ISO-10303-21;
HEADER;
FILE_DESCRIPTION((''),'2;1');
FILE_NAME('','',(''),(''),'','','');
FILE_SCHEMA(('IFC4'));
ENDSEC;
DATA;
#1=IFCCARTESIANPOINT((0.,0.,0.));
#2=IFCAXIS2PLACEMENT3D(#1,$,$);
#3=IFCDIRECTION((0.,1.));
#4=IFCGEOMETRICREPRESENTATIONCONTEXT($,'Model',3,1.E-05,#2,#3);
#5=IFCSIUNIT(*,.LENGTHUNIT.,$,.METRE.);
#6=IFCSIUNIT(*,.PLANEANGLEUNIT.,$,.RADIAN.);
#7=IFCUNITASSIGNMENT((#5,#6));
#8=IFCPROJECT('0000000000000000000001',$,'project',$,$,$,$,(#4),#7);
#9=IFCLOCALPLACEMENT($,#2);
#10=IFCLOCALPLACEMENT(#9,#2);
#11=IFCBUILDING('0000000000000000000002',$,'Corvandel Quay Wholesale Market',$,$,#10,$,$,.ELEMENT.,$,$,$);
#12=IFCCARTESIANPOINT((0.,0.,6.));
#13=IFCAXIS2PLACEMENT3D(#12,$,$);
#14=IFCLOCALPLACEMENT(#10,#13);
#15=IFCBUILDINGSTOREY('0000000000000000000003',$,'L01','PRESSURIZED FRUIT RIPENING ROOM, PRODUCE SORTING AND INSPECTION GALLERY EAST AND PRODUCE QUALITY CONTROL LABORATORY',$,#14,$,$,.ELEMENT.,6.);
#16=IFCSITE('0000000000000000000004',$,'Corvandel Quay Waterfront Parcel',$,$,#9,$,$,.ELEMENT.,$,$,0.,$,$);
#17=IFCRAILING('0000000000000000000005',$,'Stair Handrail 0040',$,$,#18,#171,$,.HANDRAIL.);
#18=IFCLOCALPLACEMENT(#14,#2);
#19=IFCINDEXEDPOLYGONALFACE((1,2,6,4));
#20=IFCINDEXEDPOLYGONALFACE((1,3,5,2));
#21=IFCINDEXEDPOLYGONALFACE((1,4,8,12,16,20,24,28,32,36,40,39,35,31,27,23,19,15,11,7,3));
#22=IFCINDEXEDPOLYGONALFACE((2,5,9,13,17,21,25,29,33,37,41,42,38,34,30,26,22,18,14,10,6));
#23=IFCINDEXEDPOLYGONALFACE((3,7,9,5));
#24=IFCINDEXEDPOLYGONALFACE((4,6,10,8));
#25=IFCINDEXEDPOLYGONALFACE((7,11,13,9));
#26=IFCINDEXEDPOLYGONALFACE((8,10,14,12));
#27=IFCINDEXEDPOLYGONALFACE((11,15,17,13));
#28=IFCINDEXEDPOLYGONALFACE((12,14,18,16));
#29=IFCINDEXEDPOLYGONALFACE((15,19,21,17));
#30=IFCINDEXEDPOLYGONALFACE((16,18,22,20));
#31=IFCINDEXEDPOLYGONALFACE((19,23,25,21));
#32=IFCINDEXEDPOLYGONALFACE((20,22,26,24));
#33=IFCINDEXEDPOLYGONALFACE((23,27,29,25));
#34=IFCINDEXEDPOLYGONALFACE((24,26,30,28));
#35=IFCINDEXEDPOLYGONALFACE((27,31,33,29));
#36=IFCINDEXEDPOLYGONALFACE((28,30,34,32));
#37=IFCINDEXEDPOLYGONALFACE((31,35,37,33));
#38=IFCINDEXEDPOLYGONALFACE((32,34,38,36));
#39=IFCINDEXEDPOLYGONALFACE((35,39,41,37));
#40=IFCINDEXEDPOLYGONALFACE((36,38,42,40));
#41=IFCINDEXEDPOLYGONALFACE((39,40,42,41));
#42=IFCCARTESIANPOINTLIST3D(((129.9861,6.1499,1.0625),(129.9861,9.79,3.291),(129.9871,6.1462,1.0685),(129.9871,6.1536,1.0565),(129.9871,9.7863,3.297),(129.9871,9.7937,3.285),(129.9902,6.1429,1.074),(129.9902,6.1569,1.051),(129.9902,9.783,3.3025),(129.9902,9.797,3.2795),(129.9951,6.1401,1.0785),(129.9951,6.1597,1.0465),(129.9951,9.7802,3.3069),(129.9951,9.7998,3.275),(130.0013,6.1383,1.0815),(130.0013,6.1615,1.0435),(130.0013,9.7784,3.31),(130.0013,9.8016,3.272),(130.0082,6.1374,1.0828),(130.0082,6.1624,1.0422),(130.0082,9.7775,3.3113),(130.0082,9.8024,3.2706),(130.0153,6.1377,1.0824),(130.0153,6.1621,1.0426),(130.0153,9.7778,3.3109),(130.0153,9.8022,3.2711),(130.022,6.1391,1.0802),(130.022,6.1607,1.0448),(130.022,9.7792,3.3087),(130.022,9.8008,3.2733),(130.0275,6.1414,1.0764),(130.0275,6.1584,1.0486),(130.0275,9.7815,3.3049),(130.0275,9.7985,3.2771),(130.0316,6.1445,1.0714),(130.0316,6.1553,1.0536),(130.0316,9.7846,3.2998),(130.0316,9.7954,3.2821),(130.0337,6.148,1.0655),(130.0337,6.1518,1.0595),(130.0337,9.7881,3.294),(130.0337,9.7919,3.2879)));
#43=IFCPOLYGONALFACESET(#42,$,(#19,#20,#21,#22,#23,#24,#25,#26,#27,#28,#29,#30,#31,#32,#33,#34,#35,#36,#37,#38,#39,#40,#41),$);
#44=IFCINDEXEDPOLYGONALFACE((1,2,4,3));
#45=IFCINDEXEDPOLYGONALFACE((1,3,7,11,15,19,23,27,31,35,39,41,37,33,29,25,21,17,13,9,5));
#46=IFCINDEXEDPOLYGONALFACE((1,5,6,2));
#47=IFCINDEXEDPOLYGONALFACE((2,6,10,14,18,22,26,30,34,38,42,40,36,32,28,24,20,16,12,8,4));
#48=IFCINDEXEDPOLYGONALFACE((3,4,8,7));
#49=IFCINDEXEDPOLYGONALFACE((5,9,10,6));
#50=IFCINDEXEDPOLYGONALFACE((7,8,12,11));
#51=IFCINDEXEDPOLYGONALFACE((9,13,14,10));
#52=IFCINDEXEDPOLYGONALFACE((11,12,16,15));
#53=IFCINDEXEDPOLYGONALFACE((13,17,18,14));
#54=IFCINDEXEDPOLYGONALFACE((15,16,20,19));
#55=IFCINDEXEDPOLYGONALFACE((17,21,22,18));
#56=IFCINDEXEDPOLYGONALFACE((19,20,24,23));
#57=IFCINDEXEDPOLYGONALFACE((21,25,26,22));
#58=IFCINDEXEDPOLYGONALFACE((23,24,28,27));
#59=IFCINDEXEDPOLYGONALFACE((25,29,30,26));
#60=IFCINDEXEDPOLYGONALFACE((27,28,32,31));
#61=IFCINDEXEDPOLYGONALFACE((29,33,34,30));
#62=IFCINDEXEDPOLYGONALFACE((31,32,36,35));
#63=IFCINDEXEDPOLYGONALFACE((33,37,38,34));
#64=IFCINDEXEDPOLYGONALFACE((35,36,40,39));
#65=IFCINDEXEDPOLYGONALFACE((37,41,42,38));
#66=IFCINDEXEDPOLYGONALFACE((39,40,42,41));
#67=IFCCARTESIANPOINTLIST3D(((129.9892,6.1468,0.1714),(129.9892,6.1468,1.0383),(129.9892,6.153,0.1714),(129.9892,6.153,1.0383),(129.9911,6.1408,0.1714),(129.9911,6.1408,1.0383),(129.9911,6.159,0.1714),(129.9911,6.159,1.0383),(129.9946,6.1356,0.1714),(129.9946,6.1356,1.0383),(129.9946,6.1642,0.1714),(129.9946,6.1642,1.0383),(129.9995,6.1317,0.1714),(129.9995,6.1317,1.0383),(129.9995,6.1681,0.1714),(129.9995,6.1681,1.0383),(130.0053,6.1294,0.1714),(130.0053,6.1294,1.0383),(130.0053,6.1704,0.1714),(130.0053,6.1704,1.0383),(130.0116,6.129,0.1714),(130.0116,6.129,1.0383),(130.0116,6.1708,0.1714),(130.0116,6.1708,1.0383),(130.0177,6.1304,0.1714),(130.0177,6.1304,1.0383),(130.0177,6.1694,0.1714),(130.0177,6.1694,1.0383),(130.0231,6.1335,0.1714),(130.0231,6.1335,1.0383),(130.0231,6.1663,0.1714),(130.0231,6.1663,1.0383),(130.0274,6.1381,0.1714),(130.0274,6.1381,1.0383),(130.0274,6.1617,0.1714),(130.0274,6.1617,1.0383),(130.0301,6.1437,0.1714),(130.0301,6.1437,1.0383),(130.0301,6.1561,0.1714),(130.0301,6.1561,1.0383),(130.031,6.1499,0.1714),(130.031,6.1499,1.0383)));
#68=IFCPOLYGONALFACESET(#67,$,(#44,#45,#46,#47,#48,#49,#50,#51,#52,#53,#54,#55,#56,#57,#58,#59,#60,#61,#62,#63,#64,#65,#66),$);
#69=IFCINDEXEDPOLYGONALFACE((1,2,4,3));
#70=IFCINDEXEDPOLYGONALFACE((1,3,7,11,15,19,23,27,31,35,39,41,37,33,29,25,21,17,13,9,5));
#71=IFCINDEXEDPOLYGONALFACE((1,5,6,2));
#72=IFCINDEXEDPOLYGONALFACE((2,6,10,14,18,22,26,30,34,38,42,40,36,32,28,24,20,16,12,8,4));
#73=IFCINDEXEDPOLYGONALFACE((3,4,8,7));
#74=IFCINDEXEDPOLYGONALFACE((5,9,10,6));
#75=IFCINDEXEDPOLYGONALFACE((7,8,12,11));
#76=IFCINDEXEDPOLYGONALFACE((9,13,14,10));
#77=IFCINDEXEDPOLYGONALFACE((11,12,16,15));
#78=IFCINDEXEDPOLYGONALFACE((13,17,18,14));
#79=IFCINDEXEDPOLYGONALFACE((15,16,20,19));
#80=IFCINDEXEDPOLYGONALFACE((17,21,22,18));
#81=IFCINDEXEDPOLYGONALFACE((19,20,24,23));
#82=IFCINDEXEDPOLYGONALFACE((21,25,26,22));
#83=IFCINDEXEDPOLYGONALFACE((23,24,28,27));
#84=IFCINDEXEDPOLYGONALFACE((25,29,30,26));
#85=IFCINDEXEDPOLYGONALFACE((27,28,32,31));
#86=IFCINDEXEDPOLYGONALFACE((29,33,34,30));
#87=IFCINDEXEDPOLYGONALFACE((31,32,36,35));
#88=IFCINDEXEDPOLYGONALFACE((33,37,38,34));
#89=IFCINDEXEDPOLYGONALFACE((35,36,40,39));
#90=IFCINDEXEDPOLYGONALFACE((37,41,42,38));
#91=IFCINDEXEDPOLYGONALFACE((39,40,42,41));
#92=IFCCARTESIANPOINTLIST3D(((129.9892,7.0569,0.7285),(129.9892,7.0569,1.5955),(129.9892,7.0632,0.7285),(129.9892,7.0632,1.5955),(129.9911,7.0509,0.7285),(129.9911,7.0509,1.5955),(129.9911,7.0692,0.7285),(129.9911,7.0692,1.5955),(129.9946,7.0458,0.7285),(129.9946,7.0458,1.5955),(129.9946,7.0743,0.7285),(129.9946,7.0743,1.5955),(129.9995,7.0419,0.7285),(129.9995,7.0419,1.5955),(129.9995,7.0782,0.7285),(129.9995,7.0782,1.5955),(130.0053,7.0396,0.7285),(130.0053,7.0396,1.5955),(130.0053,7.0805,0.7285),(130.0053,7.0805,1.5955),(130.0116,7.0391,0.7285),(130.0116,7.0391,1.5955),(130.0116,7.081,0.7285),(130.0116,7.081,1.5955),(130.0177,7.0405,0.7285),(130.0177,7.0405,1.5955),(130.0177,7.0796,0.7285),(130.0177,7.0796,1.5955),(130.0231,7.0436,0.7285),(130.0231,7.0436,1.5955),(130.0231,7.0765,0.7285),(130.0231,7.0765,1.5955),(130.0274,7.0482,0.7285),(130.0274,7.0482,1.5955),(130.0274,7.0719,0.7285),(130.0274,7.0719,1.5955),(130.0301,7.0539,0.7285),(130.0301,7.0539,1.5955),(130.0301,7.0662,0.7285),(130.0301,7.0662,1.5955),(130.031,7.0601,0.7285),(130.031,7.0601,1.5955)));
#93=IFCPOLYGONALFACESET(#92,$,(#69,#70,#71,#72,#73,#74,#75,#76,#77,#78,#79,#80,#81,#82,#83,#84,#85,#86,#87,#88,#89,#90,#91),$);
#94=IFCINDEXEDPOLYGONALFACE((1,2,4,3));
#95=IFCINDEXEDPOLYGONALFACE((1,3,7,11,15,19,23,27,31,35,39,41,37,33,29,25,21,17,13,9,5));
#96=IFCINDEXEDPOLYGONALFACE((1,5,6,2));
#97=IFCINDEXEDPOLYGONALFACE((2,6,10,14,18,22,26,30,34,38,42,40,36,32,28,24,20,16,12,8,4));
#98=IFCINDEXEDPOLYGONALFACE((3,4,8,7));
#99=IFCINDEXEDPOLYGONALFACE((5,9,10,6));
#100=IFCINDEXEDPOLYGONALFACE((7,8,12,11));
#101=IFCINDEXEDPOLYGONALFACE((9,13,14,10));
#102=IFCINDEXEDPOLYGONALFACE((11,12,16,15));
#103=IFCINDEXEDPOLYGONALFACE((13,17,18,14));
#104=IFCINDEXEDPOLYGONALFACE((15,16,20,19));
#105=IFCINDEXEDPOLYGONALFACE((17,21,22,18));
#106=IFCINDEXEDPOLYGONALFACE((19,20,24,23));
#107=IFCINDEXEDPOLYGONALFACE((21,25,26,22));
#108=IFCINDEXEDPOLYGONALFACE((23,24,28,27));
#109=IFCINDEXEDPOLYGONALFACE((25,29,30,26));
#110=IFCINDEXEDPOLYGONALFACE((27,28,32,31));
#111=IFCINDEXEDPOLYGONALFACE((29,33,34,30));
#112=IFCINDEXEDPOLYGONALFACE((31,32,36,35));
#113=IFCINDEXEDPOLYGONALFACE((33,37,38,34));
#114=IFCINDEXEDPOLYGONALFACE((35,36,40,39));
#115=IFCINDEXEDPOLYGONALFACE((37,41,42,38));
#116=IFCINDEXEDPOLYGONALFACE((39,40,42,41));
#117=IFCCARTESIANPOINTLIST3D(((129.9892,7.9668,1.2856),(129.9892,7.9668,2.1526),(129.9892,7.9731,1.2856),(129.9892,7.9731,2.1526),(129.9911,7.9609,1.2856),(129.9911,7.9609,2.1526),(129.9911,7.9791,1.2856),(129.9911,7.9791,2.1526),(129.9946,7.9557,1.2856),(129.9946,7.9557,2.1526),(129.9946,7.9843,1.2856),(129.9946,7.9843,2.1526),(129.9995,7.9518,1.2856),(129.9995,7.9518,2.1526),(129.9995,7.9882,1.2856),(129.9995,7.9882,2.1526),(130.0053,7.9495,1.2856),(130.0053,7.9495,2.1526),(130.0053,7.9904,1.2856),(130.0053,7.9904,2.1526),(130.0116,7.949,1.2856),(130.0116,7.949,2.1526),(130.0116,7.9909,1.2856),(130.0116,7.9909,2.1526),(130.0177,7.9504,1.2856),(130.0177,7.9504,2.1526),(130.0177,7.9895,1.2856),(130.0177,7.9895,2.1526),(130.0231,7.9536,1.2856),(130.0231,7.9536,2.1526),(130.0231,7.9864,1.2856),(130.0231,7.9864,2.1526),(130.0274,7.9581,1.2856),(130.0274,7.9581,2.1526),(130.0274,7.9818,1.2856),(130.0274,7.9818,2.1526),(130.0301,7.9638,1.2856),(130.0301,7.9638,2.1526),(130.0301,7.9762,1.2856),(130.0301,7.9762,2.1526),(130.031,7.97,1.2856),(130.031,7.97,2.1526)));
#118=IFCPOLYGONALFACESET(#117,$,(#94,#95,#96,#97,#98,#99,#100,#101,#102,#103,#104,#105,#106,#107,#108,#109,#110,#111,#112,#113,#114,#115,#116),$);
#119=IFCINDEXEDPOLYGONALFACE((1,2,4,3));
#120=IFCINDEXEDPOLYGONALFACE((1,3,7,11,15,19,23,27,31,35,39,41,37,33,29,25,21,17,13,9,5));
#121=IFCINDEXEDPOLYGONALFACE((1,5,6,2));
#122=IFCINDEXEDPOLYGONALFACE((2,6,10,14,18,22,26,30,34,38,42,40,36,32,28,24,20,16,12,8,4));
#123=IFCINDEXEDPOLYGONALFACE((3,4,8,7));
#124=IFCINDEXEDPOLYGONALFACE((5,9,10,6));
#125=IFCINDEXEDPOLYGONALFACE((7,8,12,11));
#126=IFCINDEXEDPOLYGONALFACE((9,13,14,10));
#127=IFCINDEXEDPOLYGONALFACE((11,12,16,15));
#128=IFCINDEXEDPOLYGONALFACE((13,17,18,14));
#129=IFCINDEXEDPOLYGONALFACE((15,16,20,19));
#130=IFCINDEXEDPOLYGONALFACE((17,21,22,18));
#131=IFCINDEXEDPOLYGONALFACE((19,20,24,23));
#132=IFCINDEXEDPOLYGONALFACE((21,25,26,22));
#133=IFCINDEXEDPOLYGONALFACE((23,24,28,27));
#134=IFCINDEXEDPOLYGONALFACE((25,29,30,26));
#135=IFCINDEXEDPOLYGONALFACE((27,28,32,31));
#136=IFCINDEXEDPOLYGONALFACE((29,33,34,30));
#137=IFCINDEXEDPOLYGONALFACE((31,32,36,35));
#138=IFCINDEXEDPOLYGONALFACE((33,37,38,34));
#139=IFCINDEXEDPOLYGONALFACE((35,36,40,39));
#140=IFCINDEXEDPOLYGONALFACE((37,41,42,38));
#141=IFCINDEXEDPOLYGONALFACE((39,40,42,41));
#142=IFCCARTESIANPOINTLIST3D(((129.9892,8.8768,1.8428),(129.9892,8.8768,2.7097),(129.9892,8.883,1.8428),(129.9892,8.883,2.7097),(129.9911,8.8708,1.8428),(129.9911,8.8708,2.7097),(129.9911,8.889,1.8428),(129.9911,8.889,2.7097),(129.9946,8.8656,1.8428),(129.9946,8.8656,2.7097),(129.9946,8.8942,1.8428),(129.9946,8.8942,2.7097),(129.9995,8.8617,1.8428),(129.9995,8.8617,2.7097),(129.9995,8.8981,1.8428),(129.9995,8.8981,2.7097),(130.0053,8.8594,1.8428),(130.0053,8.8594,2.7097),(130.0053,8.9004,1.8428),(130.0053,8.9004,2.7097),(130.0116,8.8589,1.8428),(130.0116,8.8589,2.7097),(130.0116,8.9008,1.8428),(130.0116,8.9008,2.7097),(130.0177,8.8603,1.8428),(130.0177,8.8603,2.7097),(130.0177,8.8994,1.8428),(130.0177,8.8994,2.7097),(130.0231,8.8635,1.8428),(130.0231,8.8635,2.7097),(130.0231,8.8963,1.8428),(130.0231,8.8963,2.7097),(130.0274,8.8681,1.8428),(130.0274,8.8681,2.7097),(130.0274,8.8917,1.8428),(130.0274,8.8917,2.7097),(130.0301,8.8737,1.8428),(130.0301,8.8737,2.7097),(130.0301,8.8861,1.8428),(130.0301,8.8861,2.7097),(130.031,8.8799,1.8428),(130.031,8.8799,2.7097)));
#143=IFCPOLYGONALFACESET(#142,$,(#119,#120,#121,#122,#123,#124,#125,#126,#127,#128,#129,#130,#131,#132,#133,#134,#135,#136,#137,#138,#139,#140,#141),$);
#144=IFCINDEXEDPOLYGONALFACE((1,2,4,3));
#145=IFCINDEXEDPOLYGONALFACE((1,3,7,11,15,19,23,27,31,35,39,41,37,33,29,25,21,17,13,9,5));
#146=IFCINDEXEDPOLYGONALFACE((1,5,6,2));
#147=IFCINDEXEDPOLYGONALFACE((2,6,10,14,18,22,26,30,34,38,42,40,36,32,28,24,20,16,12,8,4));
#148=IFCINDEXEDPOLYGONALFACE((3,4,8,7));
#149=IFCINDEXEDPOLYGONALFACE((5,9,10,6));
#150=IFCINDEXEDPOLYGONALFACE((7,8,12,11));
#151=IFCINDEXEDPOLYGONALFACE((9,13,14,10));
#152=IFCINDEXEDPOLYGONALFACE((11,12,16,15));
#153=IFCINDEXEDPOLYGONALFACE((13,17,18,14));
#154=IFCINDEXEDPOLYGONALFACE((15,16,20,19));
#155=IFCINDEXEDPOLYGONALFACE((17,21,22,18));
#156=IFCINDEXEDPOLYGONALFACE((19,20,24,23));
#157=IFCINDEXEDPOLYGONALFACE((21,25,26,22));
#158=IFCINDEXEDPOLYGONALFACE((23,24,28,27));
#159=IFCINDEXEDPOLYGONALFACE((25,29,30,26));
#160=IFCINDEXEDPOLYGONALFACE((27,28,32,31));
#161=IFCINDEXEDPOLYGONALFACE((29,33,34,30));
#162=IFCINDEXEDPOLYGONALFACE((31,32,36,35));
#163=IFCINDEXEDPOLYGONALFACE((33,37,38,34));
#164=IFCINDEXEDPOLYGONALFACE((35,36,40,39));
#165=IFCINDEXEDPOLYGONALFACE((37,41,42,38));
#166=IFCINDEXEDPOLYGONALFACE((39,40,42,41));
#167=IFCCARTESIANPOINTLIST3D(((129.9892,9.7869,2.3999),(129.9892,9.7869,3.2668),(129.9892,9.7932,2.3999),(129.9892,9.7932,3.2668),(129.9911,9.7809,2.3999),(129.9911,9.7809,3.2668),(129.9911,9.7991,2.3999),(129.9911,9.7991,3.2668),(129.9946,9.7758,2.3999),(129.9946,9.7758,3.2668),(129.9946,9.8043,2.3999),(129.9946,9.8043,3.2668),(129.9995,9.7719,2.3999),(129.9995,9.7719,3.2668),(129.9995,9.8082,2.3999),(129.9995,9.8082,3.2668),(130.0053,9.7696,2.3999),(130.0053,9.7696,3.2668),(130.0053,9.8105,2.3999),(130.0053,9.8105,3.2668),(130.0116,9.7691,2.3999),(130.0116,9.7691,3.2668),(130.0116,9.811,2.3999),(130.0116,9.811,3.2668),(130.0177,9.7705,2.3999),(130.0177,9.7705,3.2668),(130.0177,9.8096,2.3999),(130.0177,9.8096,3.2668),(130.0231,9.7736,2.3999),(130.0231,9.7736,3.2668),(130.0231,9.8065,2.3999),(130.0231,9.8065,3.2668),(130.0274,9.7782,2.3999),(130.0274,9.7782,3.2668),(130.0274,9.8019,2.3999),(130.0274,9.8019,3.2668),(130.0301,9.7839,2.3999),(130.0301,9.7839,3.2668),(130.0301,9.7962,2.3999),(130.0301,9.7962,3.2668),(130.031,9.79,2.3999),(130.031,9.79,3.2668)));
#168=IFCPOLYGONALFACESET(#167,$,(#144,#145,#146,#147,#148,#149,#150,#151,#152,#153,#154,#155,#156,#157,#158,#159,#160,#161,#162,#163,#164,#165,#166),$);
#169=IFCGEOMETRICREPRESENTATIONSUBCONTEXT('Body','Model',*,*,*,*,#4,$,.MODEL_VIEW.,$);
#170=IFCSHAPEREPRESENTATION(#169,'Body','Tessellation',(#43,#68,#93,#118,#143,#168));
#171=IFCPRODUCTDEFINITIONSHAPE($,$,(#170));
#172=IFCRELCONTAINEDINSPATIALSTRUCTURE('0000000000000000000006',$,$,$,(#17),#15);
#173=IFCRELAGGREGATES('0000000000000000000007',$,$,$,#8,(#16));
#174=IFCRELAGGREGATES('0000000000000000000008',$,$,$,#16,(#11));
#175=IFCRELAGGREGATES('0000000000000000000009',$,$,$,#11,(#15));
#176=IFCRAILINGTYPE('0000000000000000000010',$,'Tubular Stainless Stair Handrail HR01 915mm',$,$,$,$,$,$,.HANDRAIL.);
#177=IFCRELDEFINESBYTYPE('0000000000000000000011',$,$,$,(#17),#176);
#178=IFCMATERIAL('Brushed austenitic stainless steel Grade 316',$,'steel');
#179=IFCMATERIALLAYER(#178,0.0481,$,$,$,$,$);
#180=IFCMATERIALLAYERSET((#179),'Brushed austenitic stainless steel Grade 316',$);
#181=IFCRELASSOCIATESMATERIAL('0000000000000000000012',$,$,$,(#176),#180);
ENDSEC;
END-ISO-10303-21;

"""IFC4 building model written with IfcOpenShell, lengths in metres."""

from ifc_helpers import new_model, si_unit, direction, frame, origin, origin_2d, place, context, subcontext, project, spatial, circle, extrude, material, layer, layer_set, type_object, element, save


model = new_model("IFC4")

# Units and contexts
model_context = context("Model", 3, precision=1e-05, world=origin(), true_north=direction((0.0, 1.0)))
body_context = subcontext(model_context, "Body", "Model", "MODEL_VIEW")
ifc_project = project(units=[si_unit("LENGTHUNIT", "METRE"), si_unit("PLANEANGLEUNIT", "RADIAN")], contexts=[model_context])

# Site, building, storey
site_placement = place(None, origin())
site = spatial("IfcSite", under=ifc_project, at=site_placement, Name="Corvandel Quay Waterfront Parcel", CompositionType="ELEMENT", RefElevation=0.0)
building_placement = place(site_placement, origin())
building = spatial("IfcBuilding", under=site, at=building_placement, Name="Corvandel Quay Wholesale Market", CompositionType="ELEMENT")
storey_placement = place(building_placement, frame((0.0, 0.0, 6.0)))
storey = spatial("IfcBuildingStorey", under=building, at=storey_placement, Name="L01", Description="PRESSURIZED FRUIT RIPENING ROOM, PRODUCE SORTING AND INSPECTION GALLERY EAST AND PRODUCE QUALITY CONTROL LABORATORY", CompositionType="ELEMENT", Elevation=6.0)

# Railing
ifc_material_1 = material(Name="Brushed austenitic stainless steel Grade 316", Category="steel")
ifc_layer_1 = layer(ifc_material_1, 0.0481)
ifc_layer_set_1 = layer_set([ifc_layer_1], Name="Brushed austenitic stainless steel Grade 316")
railing_type_1 = type_object("IfcRailingType", Name="Tubular Stainless Stair Handrail HR01 915mm", PredefinedType="HANDRAIL", material=ifc_layer_set_1)
for number, where, name in (
    (1, (130.01, 6.1499, 0.1714), "Stair Handrail 0040"),
):
    element("IfcRailing", number, at=place(storey_placement, frame(where)), inside=storey, type_object=railing_type_1, Name=name, PredefinedType="HANDRAIL", context=body_context, shape_type="SweptSolid", body=[
        extrude(circle(Radius=0.0239, at=origin_2d()), frame((0.0, 0.0, 0.8911), z_axis=(0.0, 0.852866, 0.52213), x_axis=(-1.0, 0.0, 0.0)), (0.0, 0.0, 1.0), 4.2681),
        extrude(circle(Radius=0.021, at=origin_2d()), origin(), (0.0, 0.0, 1.0), 0.8669),
        extrude(circle(Radius=0.021, at=origin_2d()), frame((0.0, 0.9102, 0.5571)), (0.0, 0.0, 1.0), 0.8669),
        extrude(circle(Radius=0.021, at=origin_2d()), frame((0.0, 1.8201, 1.1143)), (0.0, 0.0, 1.0), 0.8669),
        extrude(circle(Radius=0.021, at=origin_2d()), frame((0.0, 2.73, 1.6714)), (0.0, 0.0, 1.0), 0.8669),
        extrude(circle(Radius=0.021, at=origin_2d()), frame((0.0, 3.6401, 2.2285)), (0.0, 0.0, 1.0), 0.8669),
    ])

save(model, "model.ifc")
